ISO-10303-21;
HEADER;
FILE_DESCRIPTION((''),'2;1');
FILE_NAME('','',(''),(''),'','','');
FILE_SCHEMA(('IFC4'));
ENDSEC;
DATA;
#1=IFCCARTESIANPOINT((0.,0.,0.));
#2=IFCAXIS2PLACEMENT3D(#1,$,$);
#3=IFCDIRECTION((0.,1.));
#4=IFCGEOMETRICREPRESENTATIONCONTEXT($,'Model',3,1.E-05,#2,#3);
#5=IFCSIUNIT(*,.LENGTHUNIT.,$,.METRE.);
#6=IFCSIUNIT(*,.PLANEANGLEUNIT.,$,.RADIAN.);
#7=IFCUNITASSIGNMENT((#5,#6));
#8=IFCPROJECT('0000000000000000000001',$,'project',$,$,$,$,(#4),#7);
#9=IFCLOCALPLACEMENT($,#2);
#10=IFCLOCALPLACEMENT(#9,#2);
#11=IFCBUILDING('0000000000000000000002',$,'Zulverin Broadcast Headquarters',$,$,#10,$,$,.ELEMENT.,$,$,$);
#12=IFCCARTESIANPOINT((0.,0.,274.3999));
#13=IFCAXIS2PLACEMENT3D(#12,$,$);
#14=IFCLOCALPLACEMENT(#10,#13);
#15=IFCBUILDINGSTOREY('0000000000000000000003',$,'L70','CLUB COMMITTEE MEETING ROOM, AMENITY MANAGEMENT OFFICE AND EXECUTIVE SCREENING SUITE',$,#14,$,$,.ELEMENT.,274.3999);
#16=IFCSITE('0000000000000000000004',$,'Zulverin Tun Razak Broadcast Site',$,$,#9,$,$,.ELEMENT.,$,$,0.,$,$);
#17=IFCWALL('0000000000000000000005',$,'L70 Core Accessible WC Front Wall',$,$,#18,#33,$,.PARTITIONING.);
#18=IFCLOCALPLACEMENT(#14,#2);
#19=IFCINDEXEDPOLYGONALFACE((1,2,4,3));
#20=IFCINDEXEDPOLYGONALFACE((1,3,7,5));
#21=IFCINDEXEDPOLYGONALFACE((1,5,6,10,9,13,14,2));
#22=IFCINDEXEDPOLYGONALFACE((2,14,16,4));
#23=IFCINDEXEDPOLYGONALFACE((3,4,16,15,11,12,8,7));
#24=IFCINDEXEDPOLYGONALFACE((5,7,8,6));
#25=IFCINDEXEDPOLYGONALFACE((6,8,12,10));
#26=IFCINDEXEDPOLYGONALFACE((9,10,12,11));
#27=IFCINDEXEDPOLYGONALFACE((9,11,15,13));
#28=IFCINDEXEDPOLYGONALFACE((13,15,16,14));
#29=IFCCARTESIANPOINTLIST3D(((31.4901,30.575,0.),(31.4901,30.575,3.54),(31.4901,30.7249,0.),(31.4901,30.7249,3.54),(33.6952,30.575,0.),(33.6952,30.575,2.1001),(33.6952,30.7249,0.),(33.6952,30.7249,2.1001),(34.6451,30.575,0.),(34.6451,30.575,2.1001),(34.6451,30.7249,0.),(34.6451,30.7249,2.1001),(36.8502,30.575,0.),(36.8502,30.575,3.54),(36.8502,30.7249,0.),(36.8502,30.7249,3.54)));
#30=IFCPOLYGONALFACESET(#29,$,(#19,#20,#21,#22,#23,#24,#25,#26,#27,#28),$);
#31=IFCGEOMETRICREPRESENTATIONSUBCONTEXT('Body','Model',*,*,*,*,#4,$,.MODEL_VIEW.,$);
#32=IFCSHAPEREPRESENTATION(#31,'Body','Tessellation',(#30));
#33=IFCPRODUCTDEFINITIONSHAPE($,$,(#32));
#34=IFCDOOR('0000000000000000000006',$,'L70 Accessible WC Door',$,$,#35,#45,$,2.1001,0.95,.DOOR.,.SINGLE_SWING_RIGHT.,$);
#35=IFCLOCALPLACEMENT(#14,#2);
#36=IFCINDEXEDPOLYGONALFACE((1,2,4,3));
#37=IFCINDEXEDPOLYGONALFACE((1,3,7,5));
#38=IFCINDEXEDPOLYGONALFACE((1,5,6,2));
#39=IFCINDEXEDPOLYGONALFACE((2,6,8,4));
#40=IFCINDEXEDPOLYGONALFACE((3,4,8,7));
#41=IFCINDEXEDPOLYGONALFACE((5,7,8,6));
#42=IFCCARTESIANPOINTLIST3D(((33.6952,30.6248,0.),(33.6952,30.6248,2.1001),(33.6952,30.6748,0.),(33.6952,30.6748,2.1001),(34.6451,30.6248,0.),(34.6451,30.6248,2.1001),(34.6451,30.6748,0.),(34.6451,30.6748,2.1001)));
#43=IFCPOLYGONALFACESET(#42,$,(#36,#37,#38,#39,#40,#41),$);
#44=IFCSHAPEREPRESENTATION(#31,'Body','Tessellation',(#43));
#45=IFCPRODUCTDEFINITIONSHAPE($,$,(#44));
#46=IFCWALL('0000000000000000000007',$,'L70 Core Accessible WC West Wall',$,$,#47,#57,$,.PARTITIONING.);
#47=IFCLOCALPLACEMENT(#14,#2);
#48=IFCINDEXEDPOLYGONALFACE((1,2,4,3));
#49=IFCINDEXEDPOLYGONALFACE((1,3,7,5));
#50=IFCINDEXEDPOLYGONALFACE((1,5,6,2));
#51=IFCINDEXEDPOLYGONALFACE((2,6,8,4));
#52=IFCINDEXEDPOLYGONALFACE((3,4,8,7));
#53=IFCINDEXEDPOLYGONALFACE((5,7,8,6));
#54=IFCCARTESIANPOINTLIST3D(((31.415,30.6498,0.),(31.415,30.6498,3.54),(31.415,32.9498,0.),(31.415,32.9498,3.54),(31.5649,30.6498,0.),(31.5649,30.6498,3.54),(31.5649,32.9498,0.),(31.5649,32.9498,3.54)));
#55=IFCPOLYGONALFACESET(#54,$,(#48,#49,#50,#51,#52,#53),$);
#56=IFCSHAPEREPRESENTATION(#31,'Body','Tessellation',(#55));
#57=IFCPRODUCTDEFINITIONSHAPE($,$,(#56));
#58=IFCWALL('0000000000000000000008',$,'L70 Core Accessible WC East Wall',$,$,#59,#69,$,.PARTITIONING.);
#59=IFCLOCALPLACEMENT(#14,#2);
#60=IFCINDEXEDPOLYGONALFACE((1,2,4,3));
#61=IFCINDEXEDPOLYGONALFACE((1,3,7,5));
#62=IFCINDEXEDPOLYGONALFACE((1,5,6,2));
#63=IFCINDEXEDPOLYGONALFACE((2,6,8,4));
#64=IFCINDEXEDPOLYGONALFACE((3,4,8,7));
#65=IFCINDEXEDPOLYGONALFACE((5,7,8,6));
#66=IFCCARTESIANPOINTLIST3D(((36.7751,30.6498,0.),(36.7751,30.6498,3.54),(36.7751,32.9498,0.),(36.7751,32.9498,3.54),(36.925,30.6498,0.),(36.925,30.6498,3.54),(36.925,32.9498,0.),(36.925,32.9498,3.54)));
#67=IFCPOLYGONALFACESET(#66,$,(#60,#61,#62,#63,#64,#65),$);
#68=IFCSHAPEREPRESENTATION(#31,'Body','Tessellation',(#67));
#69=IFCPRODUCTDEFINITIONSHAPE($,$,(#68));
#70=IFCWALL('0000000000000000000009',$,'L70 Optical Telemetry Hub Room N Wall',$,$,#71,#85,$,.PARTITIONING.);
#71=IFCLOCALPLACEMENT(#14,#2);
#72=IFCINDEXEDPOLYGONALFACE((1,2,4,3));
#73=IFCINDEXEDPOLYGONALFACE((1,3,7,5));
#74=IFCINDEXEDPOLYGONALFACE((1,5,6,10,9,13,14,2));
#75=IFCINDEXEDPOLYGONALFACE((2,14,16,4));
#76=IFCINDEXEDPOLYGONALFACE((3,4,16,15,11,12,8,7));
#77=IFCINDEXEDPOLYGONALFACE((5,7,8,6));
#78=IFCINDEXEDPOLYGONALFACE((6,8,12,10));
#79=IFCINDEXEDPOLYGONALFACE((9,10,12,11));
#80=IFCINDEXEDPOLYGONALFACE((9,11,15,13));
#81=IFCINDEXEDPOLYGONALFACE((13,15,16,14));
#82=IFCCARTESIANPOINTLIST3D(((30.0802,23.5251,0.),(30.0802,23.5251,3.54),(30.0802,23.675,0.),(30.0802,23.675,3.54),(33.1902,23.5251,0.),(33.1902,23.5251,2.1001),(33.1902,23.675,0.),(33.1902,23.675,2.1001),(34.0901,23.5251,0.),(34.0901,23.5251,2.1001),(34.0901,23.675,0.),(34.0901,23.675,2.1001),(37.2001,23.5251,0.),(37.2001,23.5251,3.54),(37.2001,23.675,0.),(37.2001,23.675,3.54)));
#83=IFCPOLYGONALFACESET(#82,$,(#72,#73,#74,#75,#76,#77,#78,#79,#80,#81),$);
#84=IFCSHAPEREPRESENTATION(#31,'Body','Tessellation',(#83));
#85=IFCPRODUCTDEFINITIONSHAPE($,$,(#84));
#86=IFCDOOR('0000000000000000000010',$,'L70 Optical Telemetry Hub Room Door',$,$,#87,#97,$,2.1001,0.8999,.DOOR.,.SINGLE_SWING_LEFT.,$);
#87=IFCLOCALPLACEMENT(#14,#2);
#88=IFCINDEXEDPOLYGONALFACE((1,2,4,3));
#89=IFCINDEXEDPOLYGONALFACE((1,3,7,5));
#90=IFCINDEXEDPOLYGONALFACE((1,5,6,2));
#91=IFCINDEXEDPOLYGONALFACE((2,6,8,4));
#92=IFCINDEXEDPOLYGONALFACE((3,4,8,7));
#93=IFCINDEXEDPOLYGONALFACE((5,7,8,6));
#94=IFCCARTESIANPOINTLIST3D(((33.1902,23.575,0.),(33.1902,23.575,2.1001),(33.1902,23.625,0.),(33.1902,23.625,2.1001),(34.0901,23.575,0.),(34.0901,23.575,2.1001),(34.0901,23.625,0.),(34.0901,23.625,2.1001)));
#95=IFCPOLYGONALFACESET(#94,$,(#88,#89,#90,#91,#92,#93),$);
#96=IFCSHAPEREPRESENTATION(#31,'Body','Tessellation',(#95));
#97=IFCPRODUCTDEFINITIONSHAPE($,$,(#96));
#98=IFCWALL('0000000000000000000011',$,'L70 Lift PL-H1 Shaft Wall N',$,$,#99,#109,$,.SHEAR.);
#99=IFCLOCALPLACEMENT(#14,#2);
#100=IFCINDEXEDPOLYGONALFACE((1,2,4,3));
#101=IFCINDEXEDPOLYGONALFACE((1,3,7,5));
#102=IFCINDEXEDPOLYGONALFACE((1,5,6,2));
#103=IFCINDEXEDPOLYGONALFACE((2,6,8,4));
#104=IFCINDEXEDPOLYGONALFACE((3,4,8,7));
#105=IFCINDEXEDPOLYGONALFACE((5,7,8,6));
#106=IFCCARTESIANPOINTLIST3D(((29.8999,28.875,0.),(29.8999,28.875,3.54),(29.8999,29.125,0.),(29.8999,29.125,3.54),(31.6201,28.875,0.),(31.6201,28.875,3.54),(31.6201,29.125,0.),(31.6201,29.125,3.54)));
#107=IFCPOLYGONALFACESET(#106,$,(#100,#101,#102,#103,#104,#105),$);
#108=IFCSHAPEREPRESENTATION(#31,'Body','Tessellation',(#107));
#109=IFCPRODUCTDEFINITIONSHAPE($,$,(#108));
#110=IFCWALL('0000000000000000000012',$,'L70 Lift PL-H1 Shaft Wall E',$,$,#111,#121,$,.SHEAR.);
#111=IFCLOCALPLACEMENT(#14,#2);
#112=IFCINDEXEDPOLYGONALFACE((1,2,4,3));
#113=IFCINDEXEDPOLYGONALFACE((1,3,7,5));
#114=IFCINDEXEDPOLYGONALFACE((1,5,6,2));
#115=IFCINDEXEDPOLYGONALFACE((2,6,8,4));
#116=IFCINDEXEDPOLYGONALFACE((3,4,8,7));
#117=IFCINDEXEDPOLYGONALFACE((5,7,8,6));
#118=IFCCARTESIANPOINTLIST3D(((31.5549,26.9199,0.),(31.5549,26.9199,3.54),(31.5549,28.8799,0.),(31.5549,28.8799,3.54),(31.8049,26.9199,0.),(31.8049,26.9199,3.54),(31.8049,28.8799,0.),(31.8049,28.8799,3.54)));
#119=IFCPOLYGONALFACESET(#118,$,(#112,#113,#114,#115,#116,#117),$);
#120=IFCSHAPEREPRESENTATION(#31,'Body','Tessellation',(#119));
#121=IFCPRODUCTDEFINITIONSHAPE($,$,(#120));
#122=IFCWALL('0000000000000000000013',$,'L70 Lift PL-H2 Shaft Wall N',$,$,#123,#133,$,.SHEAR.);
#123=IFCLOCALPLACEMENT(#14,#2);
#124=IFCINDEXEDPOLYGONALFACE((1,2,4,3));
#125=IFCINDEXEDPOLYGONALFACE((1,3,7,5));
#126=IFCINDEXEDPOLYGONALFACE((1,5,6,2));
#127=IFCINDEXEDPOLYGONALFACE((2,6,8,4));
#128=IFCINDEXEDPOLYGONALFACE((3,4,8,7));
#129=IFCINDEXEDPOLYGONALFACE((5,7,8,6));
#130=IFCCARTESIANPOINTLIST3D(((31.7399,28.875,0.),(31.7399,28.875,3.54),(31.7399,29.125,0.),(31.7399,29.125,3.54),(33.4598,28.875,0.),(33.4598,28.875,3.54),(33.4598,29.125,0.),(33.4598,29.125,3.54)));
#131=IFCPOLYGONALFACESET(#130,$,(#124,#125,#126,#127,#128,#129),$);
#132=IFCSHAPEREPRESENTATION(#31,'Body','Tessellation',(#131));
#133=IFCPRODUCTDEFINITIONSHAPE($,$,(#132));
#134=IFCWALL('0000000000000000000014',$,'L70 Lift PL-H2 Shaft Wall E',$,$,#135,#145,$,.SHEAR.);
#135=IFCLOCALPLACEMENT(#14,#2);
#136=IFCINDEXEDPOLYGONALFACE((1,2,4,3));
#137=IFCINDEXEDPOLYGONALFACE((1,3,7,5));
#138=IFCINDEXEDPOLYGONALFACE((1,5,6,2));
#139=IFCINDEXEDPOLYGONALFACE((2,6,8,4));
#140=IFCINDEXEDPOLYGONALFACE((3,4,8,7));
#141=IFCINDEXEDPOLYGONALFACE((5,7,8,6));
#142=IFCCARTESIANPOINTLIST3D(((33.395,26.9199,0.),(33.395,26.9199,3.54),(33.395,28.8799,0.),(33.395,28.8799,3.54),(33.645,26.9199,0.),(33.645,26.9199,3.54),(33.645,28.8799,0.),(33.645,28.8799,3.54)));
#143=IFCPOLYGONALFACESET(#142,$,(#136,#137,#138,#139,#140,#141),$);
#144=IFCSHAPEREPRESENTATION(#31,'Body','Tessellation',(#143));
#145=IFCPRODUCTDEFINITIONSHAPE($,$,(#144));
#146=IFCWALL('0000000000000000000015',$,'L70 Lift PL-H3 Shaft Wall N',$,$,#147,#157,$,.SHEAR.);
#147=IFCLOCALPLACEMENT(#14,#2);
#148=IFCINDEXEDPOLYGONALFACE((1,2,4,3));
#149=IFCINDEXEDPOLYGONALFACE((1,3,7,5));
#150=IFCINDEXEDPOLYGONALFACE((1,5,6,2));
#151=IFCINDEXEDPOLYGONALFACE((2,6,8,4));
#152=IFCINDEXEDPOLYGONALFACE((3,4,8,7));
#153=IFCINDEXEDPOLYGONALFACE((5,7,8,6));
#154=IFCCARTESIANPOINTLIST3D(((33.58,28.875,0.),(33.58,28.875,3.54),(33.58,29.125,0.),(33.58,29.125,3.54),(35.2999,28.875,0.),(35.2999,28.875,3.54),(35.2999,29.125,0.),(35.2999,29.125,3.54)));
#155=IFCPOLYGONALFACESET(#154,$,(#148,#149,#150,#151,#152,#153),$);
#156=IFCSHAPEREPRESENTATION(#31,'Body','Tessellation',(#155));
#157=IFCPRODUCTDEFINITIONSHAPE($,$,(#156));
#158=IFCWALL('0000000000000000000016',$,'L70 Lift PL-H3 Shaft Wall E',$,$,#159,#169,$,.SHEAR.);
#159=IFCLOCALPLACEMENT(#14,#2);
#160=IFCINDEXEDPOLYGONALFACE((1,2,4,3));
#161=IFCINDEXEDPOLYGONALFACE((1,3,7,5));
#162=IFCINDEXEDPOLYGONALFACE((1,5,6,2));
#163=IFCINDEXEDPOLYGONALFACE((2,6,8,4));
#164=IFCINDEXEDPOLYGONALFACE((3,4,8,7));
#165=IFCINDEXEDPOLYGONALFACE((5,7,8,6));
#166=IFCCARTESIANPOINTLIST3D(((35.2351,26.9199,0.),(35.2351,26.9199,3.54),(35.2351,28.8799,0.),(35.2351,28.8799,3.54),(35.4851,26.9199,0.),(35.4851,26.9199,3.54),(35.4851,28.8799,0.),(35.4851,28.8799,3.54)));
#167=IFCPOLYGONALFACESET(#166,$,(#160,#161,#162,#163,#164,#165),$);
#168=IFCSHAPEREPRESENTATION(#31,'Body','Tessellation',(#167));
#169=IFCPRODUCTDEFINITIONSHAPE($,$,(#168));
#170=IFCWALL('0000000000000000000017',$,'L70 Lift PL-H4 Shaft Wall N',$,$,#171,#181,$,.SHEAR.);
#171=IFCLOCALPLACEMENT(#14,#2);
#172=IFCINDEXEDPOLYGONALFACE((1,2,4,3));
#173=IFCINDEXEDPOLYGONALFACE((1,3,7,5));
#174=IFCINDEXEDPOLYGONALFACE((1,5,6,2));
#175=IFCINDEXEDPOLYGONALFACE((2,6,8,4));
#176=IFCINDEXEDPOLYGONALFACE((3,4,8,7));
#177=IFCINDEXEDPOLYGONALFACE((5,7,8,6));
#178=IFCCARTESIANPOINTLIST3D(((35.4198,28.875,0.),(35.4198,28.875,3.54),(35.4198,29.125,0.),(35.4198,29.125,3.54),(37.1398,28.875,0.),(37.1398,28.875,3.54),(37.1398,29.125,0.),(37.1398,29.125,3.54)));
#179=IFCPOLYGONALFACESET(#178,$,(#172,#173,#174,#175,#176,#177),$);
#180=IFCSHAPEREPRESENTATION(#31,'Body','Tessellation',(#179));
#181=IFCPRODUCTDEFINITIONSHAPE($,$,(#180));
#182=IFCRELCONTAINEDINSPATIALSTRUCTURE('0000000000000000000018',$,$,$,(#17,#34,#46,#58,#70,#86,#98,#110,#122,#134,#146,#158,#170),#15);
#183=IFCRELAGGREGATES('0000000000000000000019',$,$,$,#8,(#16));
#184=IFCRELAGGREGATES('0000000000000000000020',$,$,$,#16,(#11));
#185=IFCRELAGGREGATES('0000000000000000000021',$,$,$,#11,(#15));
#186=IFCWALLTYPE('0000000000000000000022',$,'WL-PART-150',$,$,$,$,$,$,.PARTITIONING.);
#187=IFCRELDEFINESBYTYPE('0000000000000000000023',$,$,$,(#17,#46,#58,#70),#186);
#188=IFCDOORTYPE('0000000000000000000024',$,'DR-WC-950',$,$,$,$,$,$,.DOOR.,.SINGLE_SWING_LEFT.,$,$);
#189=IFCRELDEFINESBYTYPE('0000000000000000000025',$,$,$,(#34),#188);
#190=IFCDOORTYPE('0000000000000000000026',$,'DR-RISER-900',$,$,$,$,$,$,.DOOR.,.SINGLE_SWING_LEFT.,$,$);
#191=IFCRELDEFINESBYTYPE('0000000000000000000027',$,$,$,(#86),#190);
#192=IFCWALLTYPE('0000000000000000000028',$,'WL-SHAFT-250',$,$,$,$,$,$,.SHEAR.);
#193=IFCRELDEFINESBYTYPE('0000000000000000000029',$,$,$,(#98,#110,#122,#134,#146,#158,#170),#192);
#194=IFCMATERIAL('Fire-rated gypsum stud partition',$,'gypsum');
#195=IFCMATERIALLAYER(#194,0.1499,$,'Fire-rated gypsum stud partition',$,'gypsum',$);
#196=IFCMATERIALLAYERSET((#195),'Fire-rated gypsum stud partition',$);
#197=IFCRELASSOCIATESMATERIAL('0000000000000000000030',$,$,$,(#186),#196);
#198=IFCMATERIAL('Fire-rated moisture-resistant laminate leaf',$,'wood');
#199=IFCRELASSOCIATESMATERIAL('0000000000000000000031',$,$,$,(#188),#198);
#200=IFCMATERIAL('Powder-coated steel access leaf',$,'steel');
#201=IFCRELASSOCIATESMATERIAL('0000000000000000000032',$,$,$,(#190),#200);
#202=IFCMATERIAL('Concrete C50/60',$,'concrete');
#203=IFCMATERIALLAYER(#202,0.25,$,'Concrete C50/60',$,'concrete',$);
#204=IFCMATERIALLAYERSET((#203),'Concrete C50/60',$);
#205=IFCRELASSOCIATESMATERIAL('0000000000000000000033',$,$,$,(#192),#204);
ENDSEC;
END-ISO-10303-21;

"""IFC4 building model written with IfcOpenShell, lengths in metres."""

from ifc_helpers import new_model, si_unit, direction, frame, frame_2d, origin, place, context, subcontext, project, spatial, rectangle, extrude, material, layer, layer_set, type_object, element, fill, save


model = new_model("IFC4")

# Units and contexts
model_context = context("Model", 3, precision=1e-05, world=origin(), true_north=direction((0.0, 1.0)))
body_context = subcontext(model_context, "Body", "Model", "MODEL_VIEW")
ifc_project = project(units=[si_unit("LENGTHUNIT", "METRE"), si_unit("PLANEANGLEUNIT", "RADIAN")], contexts=[model_context])

# Site, building, storey
site_placement = place(None, origin())
site = spatial("IfcSite", under=ifc_project, at=site_placement, Name="Zulverin Tun Razak Broadcast Site", CompositionType="ELEMENT", RefElevation=0.0)
building_placement = place(site_placement, origin())
building = spatial("IfcBuilding", under=site, at=building_placement, Name="Zulverin Broadcast Headquarters", CompositionType="ELEMENT")
storey_placement = place(building_placement, frame((0.0, 0.0, 274.3999)))
storey = spatial("IfcBuildingStorey", under=building, at=storey_placement, Name="L70", Description="CLUB COMMITTEE MEETING ROOM, AMENITY MANAGEMENT OFFICE AND EXECUTIVE SCREENING SUITE", CompositionType="ELEMENT", Elevation=274.3999)

# Wall, opening, door
ifc_material_1 = material(Name="Fire-rated gypsum stud partition", Category="gypsum")
ifc_layer_1 = layer(ifc_material_1, 0.1499, Name="Fire-rated gypsum stud partition", Category="gypsum")
ifc_layer_set_1 = layer_set([ifc_layer_1], Name="Fire-rated gypsum stud partition")
wall_type_1 = type_object("IfcWallType", Name="WL-PART-150", PredefinedType="PARTITIONING", material=ifc_layer_set_1)
wall_1_placement = place(storey_placement, frame((31.49, 30.6499, 0.0), z_axis=(0.0, 0.0, 1.0), x_axis=(1.0, 0.0, 0.0)))
wall_1 = element("IfcWall", 1, at=wall_1_placement, inside=storey, type_object=wall_type_1, Name="L70 Core Accessible WC Front Wall", PredefinedType="PARTITIONING", context=body_context, shape_type="SweptSolid", body=[
    extrude(rectangle(XDim=5.3601, YDim=0.1499, at=frame_2d((2.6802, 0.0))), origin(), (0.0, 0.0, 1.0), 3.54),
])
opening_1_placement = place(wall_1_placement, frame((2.2051, 0.0, 0.0)))
opening_1 = element("IfcOpeningElement", 2, at=opening_1_placement, cuts=wall_1, PredefinedType="OPENING", context=body_context, shape_type="SweptSolid", body=[
    extrude(rectangle(XDim=0.95, YDim=2.1001, at=frame_2d((0.4751, 1.05))), frame((0.0, 0.085, 0.0), z_axis=(0.0, -1.0, 0.0), x_axis=(1.0, 0.0, 0.0)), (0.0, 0.0, 1.0), 0.1699),
])
ifc_material_2 = material(Name="Fire-rated moisture-resistant laminate leaf", Category="wood")
door_type_1 = type_object("IfcDoorType", Name="DR-WC-950", OperationType="SINGLE_SWING_LEFT", PredefinedType="DOOR", material=ifc_material_2)
door_1_placement = place(opening_1_placement, origin())
door_1 = element("IfcDoor", 3, at=door_1_placement, inside=storey, type_object=door_type_1, Name="L70 Accessible WC Door", OperationType="SINGLE_SWING_RIGHT", OverallHeight=2.1001, OverallWidth=0.95, PredefinedType="DOOR", context=body_context, shape_type="SweptSolid", body=[
    extrude(rectangle(XDim=0.95, YDim=2.1001, at=frame_2d((0.4751, 1.05))), frame((0.0, 0.0249, 0.0), z_axis=(0.0, -1.0, 0.0), x_axis=(1.0, 0.0, 0.0)), (0.0, 0.0, 1.0), 0.05),
])
fill(opening_1, door_1)

# Walls
for number, where, z_axis, x_axis, name in (
    (4, (31.49, 30.6499, 0.0), (0.0, 0.0, 1.0), (0.0, 1.0, 0.0), "L70 Core Accessible WC West Wall"),
    (5, (36.8501, 30.6499, 0.0), (0.0, 0.0, 1.0), (0.0, 1.0, 0.0), "L70 Core Accessible WC East Wall"),
):
    element("IfcWall", number, at=place(storey_placement, frame(where, z_axis=z_axis, x_axis=x_axis)), inside=storey, type_object=wall_type_1, Name=name, PredefinedType="PARTITIONING", context=body_context, shape_type="SweptSolid", body=[
        extrude(rectangle(XDim=2.3, YDim=0.1499, at=frame_2d((1.1499, 0.0))), origin(), (0.0, 0.0, 1.0), 3.54),
    ])

# Wall, opening, door
wall_2_placement = place(storey_placement, frame((30.0801, 23.6001, 0.0), z_axis=(0.0, 0.0, 1.0), x_axis=(1.0, 0.0, 0.0)))
wall_2 = element("IfcWall", 6, at=wall_2_placement, inside=storey, type_object=wall_type_1, Name="L70 Optical Telemetry Hub Room N Wall", PredefinedType="PARTITIONING", context=body_context, shape_type="SweptSolid", body=[
    extrude(rectangle(XDim=7.1199, YDim=0.1499, at=frame_2d((3.5601, 0.0))), origin(), (0.0, 0.0, 1.0), 3.54),
])
opening_2_placement = place(wall_2_placement, frame((3.1101, 0.0, 0.0)))
opening_2 = element("IfcOpeningElement", 7, at=opening_2_placement, cuts=wall_2, PredefinedType="OPENING", context=body_context, shape_type="SweptSolid", body=[
    extrude(rectangle(XDim=0.8999, YDim=2.1001, at=frame_2d((0.45, 1.05))), frame((0.0, 0.085, 0.0), z_axis=(0.0, -1.0, 0.0), x_axis=(1.0, 0.0, 0.0)), (0.0, 0.0, 1.0), 0.1699),
])
ifc_material_3 = material(Name="Powder-coated steel access leaf", Category="steel")
door_type_2 = type_object("IfcDoorType", Name="DR-RISER-900", OperationType="SINGLE_SWING_LEFT", PredefinedType="DOOR", material=ifc_material_3)
door_2_placement = place(opening_2_placement, origin())
door_2 = element("IfcDoor", 8, at=door_2_placement, inside=storey, type_object=door_type_2, Name="L70 Optical Telemetry Hub Room Door", OperationType="SINGLE_SWING_LEFT", OverallHeight=2.1001, OverallWidth=0.8999, PredefinedType="DOOR", context=body_context, shape_type="SweptSolid", body=[
    extrude(rectangle(XDim=0.8999, YDim=2.1001, at=frame_2d((0.45, 1.05))), frame((0.0, 0.0249, 0.0), z_axis=(0.0, -1.0, 0.0), x_axis=(1.0, 0.0, 0.0)), (0.0, 0.0, 1.0), 0.05),
])
fill(opening_2, door_2)

# Walls
ifc_material_4 = material(Name="Concrete C50/60", Category="concrete")
ifc_layer_2 = layer(ifc_material_4, 0.25, Name="Concrete C50/60", Category="concrete")
ifc_layer_set_2 = layer_set([ifc_layer_2], Name="Concrete C50/60")
wall_type_2 = type_object("IfcWallType", Name="WL-SHAFT-250", PredefinedType="SHEAR", material=ifc_layer_set_2)
wall_3_placement = place(storey_placement, frame((29.8999, 29.0, 0.0), z_axis=(0.0, 0.0, 1.0), x_axis=(1.0, 0.0, 0.0)))
element("IfcWall", 9, at=wall_3_placement, inside=storey, type_object=wall_type_2, Name="L70 Lift PL-H1 Shaft Wall N", PredefinedType="SHEAR", context=body_context, shape_type="SweptSolid", body=[
    extrude(rectangle(XDim=1.7202, YDim=0.25, at=frame_2d((0.8601, 0.0))), origin(), (0.0, 0.0, 1.0), 3.54),
])
wall_4_placement = place(storey_placement, frame((31.6799, 26.9199, 0.0), z_axis=(0.0, 0.0, 1.0), x_axis=(0.0, 1.0, 0.0)))
element("IfcWall", 10, at=wall_4_placement, inside=storey, type_object=wall_type_2, Name="L70 Lift PL-H1 Shaft Wall E", PredefinedType="SHEAR", context=body_context, shape_type="SweptSolid", body=[
    extrude(rectangle(XDim=1.96, YDim=0.25, at=frame_2d((0.98, 0.0))), origin(), (0.0, 0.0, 1.0), 3.54),
])

# Walls
wall_5_placement = place(storey_placement, frame((31.74, 29.0, 0.0), z_axis=(0.0, 0.0, 1.0), x_axis=(1.0, 0.0, 0.0)))
element("IfcWall", 11, at=wall_5_placement, inside=storey, type_object=wall_type_2, Name="L70 Lift PL-H2 Shaft Wall N", PredefinedType="SHEAR", context=body_context, shape_type="SweptSolid", body=[
    extrude(rectangle(XDim=1.72, YDim=0.25, at=frame_2d((0.8599, 0.0))), origin(), (0.0, 0.0, 1.0), 3.54),
])
wall_6_placement = place(storey_placement, frame((33.52, 26.9199, 0.0), z_axis=(0.0, 0.0, 1.0), x_axis=(0.0, 1.0, 0.0)))
element("IfcWall", 12, at=wall_6_placement, inside=storey, type_object=wall_type_2, Name="L70 Lift PL-H2 Shaft Wall E", PredefinedType="SHEAR", context=body_context, shape_type="SweptSolid", body=[
    extrude(rectangle(XDim=1.96, YDim=0.25, at=frame_2d((0.98, 0.0))), origin(), (0.0, 0.0, 1.0), 3.54),
])

# Walls
wall_7_placement = place(storey_placement, frame((33.5801, 29.0, 0.0), z_axis=(0.0, 0.0, 1.0), x_axis=(1.0, 0.0, 0.0)))
element("IfcWall", 13, at=wall_7_placement, inside=storey, type_object=wall_type_2, Name="L70 Lift PL-H3 Shaft Wall N", PredefinedType="SHEAR", context=body_context, shape_type="SweptSolid", body=[
    extrude(rectangle(XDim=1.72, YDim=0.25, at=frame_2d((0.8599, 0.0))), origin(), (0.0, 0.0, 1.0), 3.54),
])
wall_8_placement = place(storey_placement, frame((35.3601, 26.9199, 0.0), z_axis=(0.0, 0.0, 1.0), x_axis=(0.0, 1.0, 0.0)))
element("IfcWall", 14, at=wall_8_placement, inside=storey, type_object=wall_type_2, Name="L70 Lift PL-H3 Shaft Wall E", PredefinedType="SHEAR", context=body_context, shape_type="SweptSolid", body=[
    extrude(rectangle(XDim=1.96, YDim=0.25, at=frame_2d((0.98, 0.0))), origin(), (0.0, 0.0, 1.0), 3.54),
])

# Wall
wall_9_placement = place(storey_placement, frame((35.4199, 29.0, 0.0), z_axis=(0.0, 0.0, 1.0), x_axis=(1.0, 0.0, 0.0)))
element("IfcWall", 15, at=wall_9_placement, inside=storey, type_object=wall_type_2, Name="L70 Lift PL-H4 Shaft Wall N", PredefinedType="SHEAR", context=body_context, shape_type="SweptSolid", body=[
    extrude(rectangle(XDim=1.72, YDim=0.25, at=frame_2d((0.8599, 0.0))), origin(), (0.0, 0.0, 1.0), 3.54),
])

save(model, "model.ifc")
